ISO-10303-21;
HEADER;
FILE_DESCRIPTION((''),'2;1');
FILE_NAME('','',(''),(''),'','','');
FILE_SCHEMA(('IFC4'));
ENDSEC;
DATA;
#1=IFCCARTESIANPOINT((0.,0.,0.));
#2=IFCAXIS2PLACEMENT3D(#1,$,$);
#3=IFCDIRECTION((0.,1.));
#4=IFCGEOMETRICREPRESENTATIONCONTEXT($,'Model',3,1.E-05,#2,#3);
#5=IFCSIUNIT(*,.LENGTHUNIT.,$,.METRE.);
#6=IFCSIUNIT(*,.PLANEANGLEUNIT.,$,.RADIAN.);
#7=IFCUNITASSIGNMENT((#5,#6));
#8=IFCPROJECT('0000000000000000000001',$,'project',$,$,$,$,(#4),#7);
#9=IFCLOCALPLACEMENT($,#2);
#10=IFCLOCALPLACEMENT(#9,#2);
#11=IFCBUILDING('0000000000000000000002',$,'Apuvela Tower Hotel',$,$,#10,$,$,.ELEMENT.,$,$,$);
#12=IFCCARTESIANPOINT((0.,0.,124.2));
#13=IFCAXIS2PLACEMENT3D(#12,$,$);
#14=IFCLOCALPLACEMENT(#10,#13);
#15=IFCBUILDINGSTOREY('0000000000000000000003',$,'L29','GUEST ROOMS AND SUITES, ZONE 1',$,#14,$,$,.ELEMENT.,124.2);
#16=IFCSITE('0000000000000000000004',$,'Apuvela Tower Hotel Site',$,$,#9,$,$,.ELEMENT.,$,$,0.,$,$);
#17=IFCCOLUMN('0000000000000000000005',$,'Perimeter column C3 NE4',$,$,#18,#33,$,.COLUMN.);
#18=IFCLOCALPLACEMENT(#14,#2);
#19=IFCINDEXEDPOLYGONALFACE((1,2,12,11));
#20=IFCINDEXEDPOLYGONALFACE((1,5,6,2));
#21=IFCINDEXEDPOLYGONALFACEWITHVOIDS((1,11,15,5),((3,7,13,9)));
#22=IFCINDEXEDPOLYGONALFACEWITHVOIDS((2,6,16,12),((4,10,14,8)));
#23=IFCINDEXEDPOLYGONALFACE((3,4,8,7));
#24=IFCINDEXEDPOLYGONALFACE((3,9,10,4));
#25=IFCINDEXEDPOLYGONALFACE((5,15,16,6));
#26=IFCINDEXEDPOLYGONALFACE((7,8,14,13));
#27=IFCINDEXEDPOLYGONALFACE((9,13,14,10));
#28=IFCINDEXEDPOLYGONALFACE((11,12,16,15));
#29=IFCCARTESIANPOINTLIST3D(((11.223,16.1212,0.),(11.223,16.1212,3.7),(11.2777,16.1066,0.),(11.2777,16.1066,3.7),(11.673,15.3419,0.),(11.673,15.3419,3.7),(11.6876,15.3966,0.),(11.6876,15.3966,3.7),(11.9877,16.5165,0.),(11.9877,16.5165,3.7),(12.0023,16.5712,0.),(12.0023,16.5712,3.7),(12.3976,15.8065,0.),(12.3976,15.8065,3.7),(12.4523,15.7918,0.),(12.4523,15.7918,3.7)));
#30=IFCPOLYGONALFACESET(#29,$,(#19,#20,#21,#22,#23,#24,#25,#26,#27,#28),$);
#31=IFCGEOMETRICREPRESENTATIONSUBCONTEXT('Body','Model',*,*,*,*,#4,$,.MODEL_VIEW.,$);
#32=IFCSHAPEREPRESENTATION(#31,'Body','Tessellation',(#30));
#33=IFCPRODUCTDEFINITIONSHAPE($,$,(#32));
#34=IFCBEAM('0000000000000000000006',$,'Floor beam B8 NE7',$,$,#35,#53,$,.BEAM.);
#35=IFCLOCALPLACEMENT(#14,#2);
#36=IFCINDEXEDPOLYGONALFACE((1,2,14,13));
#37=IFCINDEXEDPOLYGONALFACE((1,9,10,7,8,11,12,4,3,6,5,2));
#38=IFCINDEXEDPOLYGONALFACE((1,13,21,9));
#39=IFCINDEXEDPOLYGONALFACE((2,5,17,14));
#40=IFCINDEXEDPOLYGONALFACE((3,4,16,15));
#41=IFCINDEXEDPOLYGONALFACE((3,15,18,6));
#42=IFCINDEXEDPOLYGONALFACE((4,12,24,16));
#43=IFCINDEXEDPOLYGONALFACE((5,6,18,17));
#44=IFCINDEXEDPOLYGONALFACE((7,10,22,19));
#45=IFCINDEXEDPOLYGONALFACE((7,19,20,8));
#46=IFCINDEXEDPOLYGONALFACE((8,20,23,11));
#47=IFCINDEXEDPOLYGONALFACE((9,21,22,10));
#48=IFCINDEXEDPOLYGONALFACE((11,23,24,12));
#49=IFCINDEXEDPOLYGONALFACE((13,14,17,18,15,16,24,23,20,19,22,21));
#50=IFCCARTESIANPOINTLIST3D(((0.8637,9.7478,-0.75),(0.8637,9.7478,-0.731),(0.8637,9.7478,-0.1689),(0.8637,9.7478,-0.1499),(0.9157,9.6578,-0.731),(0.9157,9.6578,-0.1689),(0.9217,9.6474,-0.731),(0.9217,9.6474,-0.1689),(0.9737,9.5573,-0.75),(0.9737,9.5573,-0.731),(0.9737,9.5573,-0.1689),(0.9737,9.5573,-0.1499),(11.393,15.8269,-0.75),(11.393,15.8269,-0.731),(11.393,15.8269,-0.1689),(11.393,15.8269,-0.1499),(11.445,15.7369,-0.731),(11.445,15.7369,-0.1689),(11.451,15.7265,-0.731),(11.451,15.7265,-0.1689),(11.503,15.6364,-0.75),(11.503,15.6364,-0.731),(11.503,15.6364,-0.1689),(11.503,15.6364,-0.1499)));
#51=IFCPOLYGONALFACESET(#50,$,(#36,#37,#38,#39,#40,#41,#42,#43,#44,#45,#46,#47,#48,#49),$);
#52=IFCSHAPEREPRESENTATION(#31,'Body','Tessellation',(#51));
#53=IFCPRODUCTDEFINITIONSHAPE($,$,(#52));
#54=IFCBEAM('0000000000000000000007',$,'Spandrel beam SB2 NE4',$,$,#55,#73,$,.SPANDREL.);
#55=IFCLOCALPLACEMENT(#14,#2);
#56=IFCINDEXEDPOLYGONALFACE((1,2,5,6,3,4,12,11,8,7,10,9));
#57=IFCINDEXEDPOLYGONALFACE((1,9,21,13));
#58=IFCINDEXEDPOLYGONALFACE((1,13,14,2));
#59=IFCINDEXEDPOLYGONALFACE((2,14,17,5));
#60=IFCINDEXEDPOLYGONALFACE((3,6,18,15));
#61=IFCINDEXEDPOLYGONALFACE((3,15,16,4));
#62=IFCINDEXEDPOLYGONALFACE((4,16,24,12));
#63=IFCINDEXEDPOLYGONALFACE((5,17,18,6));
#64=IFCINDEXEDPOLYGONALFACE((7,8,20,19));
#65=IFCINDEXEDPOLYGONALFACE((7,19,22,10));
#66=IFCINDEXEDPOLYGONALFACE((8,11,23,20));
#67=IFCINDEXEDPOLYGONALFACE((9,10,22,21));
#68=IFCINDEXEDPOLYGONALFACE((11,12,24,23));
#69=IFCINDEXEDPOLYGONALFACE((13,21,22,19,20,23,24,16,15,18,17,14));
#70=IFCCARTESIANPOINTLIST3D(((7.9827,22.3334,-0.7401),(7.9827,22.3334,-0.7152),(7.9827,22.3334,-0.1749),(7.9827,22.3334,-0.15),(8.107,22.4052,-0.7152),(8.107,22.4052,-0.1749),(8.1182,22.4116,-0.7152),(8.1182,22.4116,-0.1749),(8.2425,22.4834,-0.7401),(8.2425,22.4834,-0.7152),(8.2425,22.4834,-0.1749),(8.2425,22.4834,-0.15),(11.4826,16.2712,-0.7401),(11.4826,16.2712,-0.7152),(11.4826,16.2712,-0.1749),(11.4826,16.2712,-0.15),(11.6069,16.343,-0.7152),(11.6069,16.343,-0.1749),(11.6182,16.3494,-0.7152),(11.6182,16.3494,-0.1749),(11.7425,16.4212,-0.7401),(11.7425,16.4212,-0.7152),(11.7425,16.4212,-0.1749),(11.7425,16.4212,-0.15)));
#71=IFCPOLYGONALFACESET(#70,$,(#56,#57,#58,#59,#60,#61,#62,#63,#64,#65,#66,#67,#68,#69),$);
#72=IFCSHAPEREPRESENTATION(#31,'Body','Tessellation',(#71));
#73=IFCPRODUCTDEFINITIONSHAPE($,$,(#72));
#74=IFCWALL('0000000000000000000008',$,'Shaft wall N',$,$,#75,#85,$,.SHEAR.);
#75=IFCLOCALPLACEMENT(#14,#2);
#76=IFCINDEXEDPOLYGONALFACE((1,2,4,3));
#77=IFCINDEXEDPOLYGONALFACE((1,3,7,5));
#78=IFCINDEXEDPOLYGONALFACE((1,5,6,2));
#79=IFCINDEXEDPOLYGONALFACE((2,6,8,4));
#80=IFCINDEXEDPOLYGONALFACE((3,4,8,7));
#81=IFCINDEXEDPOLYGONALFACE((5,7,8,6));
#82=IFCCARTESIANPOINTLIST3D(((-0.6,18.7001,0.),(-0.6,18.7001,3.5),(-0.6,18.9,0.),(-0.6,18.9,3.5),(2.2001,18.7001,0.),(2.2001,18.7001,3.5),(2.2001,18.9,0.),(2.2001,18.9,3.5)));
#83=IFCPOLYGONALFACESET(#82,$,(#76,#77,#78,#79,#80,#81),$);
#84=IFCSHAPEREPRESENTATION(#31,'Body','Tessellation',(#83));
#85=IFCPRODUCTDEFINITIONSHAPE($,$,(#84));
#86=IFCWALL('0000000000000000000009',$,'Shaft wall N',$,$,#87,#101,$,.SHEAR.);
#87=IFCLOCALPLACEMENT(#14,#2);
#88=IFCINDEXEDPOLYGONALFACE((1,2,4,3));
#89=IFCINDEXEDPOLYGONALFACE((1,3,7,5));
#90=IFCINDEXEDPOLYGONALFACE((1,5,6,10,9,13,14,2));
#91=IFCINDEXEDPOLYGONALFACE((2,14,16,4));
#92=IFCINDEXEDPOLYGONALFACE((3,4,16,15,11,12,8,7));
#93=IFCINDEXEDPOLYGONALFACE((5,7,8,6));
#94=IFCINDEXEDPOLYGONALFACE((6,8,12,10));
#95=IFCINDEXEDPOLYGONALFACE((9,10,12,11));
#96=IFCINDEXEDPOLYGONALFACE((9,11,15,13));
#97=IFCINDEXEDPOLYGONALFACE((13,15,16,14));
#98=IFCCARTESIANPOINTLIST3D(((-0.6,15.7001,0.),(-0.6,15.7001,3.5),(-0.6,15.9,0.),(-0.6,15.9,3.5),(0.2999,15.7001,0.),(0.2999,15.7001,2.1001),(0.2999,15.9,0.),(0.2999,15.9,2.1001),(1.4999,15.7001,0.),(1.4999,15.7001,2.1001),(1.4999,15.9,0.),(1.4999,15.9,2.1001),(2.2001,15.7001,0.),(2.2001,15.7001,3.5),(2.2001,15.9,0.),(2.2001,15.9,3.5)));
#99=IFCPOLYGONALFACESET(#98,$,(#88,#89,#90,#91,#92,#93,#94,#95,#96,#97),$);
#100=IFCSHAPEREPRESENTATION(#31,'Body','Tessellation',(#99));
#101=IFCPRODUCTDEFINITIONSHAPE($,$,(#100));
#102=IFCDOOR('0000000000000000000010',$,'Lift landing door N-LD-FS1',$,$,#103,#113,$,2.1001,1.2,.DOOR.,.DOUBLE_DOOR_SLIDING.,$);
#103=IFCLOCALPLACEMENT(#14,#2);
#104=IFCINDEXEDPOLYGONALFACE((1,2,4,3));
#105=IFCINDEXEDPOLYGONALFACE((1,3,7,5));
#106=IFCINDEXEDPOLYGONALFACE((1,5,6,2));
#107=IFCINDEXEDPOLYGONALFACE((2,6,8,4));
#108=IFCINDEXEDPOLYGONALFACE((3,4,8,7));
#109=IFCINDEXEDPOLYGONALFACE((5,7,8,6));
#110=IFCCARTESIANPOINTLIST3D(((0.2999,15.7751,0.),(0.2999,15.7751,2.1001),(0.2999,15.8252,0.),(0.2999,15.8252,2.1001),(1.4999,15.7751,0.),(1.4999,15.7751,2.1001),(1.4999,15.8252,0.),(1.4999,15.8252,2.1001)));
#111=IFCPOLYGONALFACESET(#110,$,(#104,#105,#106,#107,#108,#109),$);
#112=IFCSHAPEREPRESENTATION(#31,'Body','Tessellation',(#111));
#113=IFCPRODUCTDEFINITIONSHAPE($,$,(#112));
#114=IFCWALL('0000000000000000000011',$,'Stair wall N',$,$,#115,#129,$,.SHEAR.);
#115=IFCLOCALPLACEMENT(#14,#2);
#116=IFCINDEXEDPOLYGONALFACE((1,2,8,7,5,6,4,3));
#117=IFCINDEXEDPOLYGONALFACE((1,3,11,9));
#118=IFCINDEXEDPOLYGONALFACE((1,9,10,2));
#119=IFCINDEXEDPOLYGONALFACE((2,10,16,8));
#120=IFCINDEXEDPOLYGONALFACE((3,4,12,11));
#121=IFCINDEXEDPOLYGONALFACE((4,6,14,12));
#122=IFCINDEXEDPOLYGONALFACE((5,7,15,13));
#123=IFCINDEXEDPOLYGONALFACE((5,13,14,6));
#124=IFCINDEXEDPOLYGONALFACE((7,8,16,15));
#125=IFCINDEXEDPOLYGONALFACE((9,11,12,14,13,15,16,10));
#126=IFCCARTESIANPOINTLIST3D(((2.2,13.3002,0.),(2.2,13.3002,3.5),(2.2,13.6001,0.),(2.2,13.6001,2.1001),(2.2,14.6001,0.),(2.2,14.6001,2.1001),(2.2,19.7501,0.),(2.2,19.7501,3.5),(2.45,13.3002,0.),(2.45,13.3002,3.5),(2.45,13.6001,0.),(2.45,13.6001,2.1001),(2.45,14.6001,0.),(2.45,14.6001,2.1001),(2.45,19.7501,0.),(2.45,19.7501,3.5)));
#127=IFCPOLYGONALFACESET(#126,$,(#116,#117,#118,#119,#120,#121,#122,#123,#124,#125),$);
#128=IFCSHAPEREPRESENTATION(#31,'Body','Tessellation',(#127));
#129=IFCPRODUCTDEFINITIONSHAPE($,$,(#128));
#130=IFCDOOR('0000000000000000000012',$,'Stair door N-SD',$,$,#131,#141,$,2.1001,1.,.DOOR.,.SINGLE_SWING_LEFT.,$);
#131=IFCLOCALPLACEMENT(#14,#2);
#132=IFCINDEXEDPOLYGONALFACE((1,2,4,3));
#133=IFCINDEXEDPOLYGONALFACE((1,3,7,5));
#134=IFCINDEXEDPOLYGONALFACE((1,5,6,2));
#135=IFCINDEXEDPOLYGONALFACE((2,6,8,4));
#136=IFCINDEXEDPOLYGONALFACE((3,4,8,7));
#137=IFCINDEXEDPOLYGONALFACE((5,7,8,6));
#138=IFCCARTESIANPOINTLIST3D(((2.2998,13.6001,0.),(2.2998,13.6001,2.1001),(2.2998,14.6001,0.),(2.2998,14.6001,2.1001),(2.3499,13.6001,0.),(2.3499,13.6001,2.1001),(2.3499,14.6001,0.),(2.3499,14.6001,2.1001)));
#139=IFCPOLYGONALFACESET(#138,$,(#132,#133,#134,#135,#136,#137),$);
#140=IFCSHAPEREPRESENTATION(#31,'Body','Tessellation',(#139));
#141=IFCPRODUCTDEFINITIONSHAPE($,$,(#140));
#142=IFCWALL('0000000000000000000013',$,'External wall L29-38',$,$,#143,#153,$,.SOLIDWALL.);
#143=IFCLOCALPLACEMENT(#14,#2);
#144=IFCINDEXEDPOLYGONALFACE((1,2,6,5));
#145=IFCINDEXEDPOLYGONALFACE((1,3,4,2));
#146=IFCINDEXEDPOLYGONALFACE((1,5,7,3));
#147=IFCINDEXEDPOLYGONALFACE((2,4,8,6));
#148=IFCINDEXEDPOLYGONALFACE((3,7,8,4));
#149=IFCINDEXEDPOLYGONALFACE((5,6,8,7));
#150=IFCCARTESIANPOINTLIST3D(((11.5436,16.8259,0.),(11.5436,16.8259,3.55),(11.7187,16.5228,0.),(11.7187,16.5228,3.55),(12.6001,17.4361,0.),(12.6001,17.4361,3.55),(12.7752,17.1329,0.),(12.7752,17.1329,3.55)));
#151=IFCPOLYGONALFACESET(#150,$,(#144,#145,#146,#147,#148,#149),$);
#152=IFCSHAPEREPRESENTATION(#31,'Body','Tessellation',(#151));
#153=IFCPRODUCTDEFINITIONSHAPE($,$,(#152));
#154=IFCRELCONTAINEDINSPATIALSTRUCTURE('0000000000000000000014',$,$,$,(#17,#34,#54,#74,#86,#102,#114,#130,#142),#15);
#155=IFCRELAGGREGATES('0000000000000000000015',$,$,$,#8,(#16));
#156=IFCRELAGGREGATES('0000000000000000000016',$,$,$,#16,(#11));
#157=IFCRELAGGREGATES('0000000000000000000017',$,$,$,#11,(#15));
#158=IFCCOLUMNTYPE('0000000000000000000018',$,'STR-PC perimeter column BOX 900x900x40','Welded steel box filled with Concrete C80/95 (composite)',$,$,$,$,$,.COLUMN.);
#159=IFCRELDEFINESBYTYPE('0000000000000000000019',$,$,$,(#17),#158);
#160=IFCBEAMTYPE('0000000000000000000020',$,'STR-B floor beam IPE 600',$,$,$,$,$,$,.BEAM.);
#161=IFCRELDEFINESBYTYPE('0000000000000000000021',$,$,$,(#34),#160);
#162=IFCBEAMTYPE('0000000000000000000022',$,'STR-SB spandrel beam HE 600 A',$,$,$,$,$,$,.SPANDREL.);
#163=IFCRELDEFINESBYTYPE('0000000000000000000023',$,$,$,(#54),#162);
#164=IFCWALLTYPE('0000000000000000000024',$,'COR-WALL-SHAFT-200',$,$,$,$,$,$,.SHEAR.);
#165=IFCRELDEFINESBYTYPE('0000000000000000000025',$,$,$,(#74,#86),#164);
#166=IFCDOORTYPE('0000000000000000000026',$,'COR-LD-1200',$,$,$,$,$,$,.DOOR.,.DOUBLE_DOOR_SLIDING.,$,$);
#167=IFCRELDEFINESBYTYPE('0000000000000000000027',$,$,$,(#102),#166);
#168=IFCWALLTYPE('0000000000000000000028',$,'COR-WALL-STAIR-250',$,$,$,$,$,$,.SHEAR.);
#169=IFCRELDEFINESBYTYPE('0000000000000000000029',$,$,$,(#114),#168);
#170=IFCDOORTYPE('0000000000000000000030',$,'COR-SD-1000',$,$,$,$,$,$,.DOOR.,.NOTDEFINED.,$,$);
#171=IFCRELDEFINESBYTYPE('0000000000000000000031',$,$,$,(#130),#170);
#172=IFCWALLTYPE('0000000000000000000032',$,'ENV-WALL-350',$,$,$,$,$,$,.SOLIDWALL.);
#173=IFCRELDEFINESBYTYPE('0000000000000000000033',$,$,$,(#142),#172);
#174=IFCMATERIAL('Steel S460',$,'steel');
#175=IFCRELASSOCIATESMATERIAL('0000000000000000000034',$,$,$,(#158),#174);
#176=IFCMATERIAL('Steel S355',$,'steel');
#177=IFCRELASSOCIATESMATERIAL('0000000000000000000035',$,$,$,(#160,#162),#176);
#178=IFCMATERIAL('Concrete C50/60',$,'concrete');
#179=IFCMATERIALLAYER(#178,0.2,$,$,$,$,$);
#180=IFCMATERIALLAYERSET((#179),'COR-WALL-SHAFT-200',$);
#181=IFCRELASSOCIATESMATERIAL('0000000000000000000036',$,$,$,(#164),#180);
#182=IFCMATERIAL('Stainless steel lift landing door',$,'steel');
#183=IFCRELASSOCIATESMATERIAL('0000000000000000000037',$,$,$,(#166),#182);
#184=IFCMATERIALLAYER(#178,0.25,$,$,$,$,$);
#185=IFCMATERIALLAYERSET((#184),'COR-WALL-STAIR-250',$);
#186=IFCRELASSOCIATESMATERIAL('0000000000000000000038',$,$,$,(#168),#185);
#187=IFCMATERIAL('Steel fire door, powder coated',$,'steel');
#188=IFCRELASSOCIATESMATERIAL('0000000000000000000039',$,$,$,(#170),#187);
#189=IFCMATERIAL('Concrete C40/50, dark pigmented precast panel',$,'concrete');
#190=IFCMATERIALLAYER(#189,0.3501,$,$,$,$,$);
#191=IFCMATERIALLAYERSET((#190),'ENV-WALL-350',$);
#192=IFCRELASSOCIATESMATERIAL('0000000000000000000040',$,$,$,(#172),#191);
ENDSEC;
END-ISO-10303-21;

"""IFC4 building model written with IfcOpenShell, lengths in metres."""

from ifc_helpers import new_model, si_unit, direction, frame, frame_2d, origin, origin_2d, place, context, subcontext, project, spatial, rectangle, hollow_rectangle, i_section, extrude, material, layer, layer_set, material_profile, profile_set, type_object, element, fill, save


model = new_model("IFC4")

# Units and contexts
model_context = context("Model", 3, precision=1e-05, world=origin(), true_north=direction((0.0, 1.0)))
body_context = subcontext(model_context, "Body", "Model", "MODEL_VIEW")
ifc_project = project(units=[si_unit("LENGTHUNIT", "METRE"), si_unit("PLANEANGLEUNIT", "RADIAN")], contexts=[model_context])

# Site, building, storey
site_placement = place(None, origin())
site = spatial("IfcSite", under=ifc_project, at=site_placement, Name="Apuvela Tower Hotel Site", CompositionType="ELEMENT", RefElevation=0.0)
building_placement = place(site_placement, origin())
building = spatial("IfcBuilding", under=site, at=building_placement, Name="Apuvela Tower Hotel", CompositionType="ELEMENT")
storey_placement = place(building_placement, frame((0.0, 0.0, 124.2)))
storey = spatial("IfcBuildingStorey", under=building, at=storey_placement, Name="L29", Description="GUEST ROOMS AND SUITES, ZONE 1", CompositionType="ELEMENT", Elevation=124.2)

# Column
ifc_material_1 = material(Name="Steel S460", Category="steel")
ifc_material_profile_1 = material_profile(ifc_material_1, hollow_rectangle(XDim=0.8999, YDim=0.8999, WallThickness=0.04, at=origin_2d()), Name="BOX 900x900x40")
ifc_material_2 = material(Name="Concrete C80/95", Category="concrete")
ifc_material_profile_2 = material_profile(ifc_material_2, rectangle(XDim=0.8201, YDim=0.8201, at=origin_2d()), Name="Concrete C80/95 infill")
ifc_profile_set_1 = profile_set([ifc_material_profile_1, ifc_material_profile_2], Name="Steel S460")
column_type = type_object("IfcColumnType", Name="STR-PC perimeter column BOX 900x900x40", Description="Welded steel box filled with Concrete C80/95 (composite)", PredefinedType="COLUMN", material=ifc_profile_set_1)
column_placement = place(storey_placement, frame((11.8376, 15.9565, 0.0), z_axis=(0.0, 0.0, 1.0), x_axis=(-0.5, 0.866025, 0.0)))
element("IfcColumn", 1, at=column_placement, inside=storey, type_object=column_type, Name="Perimeter column C3 NE4", PredefinedType="COLUMN", context=body_context, shape_type="SweptSolid", body=[
    extrude(hollow_rectangle(XDim=0.8999, YDim=0.8999, WallThickness=0.04, at=origin_2d()), origin(), (0.0, 0.0, 1.0), 3.7),
])

# Beams
ifc_material_3 = material(Name="Steel S355", Category="steel")
ifc_material_profile_3 = material_profile(ifc_material_3, i_section(OverallWidth=0.22, OverallDepth=0.6001, WebThickness=0.012, FlangeThickness=0.019, at=origin_2d()), Name="IPE 600")
ifc_profile_set_2 = profile_set([ifc_material_profile_3], Name="Steel S355")
beam_type_1 = type_object("IfcBeamType", Name="STR-B floor beam IPE 600", PredefinedType="BEAM", material=ifc_profile_set_2)
beam_1_placement = place(storey_placement, frame((11.448, 15.7317, -0.45), z_axis=(-0.866025, -0.500001, 0.0), x_axis=(0.500001, -0.866025, 0.0)))
element("IfcBeam", 2, at=beam_1_placement, inside=storey, type_object=beam_type_1, Name="Floor beam B8 NE7", PredefinedType="BEAM", context=body_context, shape_type="SweptSolid", body=[
    extrude(i_section(OverallWidth=0.22, OverallDepth=0.6001, WebThickness=0.012, FlangeThickness=0.019, at=origin_2d()), origin(), (0.0, 0.0, 1.0), 12.1582),
])
ifc_material_profile_4 = material_profile(ifc_material_3, i_section(OverallWidth=0.3, OverallDepth=0.5901, WebThickness=0.0129, FlangeThickness=0.0249, at=origin_2d()), Name="HE 600 A")
ifc_profile_set_3 = profile_set([ifc_material_profile_4], Name="Steel S355")
beam_type_2 = type_object("IfcBeamType", Name="STR-SB spandrel beam HE 600 A", PredefinedType="SPANDREL", material=ifc_profile_set_3)
beam_2_placement = place(storey_placement, frame((11.6125, 16.3462, -0.4451), z_axis=(-0.499995, 0.866028, 0.0), x_axis=(-0.866028, -0.499995, 0.0)))
element("IfcBeam", 3, at=beam_2_placement, inside=storey, type_object=beam_type_2, Name="Spandrel beam SB2 NE4", PredefinedType="SPANDREL", context=body_context, shape_type="SweptSolid", body=[
    extrude(i_section(OverallWidth=0.3, OverallDepth=0.5901, WebThickness=0.0129, FlangeThickness=0.0249, at=origin_2d()), origin(), (0.0, 0.0, 1.0), 7.0),
])

# Wall
ifc_material_4 = material(Name="Concrete C50/60", Category="concrete")
ifc_layer_1 = layer(ifc_material_4, 0.2)
ifc_layer_set_1 = layer_set([ifc_layer_1], Name="COR-WALL-SHAFT-200")
wall_type_1 = type_object("IfcWallType", Name="COR-WALL-SHAFT-200", PredefinedType="SHEAR", material=ifc_layer_set_1)
wall_1_placement = place(storey_placement, frame((2.2, 18.8, 0.0), z_axis=(0.0, 0.0, 1.0), x_axis=(-1.0, 0.0, 0.0)))
element("IfcWall", 4, at=wall_1_placement, inside=storey, type_object=wall_type_1, Name="Shaft wall N", PredefinedType="SHEAR", context=body_context, shape_type="SweptSolid", body=[
    extrude(rectangle(XDim=2.8, YDim=0.2, at=frame_2d((1.3999, 0.0))), origin(), (0.0, 0.0, 1.0), 3.5),
])

# Walls, openings, doors
wall_2_placement = place(storey_placement, frame((2.2, 15.8, 0.0), z_axis=(0.0, 0.0, 1.0), x_axis=(-1.0, 0.0, 0.0)))
wall_2 = element("IfcWall", 5, at=wall_2_placement, inside=storey, type_object=wall_type_1, Name="Shaft wall N", PredefinedType="SHEAR", context=body_context, shape_type="SweptSolid", body=[
    extrude(rectangle(XDim=2.8, YDim=0.2, at=frame_2d((1.3999, 0.0))), origin(), (0.0, 0.0, 1.0), 3.5),
])
opening_1_placement = place(wall_2_placement, frame((0.7, 0.0, 0.0)))
opening_1 = element("IfcOpeningElement", 6, at=opening_1_placement, cuts=wall_2, PredefinedType="OPENING", context=body_context, shape_type="SweptSolid", body=[
    extrude(rectangle(XDim=1.2, YDim=2.1001, at=frame_2d((0.6001, 1.05))), frame((0.0, 0.1099, 0.0), z_axis=(0.0, -1.0, 0.0), x_axis=(1.0, 0.0, 0.0)), (0.0, 0.0, 1.0), 0.22),
])
ifc_material_5 = material(Name="Stainless steel lift landing door", Category="steel")
door_type_1 = type_object("IfcDoorType", Name="COR-LD-1200", OperationType="DOUBLE_DOOR_SLIDING", PredefinedType="DOOR", material=ifc_material_5)
door_1_placement = place(opening_1_placement, origin())
door_1 = element("IfcDoor", 7, at=door_1_placement, inside=storey, type_object=door_type_1, Name="Lift landing door N-LD-FS1", OperationType="DOUBLE_DOOR_SLIDING", OverallHeight=2.1001, OverallWidth=1.2, PredefinedType="DOOR", context=body_context, shape_type="SweptSolid", body=[
    extrude(rectangle(XDim=1.2, YDim=2.1001, at=frame_2d((0.6001, 1.05))), frame((0.0, 0.0249, 0.0), z_axis=(0.0, -1.0, 0.0), x_axis=(1.0, 0.0, 0.0)), (0.0, 0.0, 1.0), 0.05),
])
fill(opening_1, door_1)
ifc_layer_2 = layer(ifc_material_4, 0.25)
ifc_layer_set_2 = layer_set([ifc_layer_2], Name="COR-WALL-STAIR-250")
wall_type_2 = type_object("IfcWallType", Name="COR-WALL-STAIR-250", PredefinedType="SHEAR", material=ifc_layer_set_2)
wall_3_placement = place(storey_placement, frame((2.325, 13.3, 0.0), z_axis=(0.0, 0.0, 1.0), x_axis=(0.0, 1.0, 0.0)))
wall_3 = element("IfcWall", 8, at=wall_3_placement, inside=storey, type_object=wall_type_2, Name="Stair wall N", PredefinedType="SHEAR", context=body_context, shape_type="SweptSolid", body=[
    extrude(rectangle(XDim=6.45, YDim=0.25, at=frame_2d((3.2251, 0.0))), origin(), (0.0, 0.0, 1.0), 3.5),
])
opening_2_placement = place(wall_3_placement, frame((0.3, 0.0, 0.0)))
opening_2 = element("IfcOpeningElement", 9, at=opening_2_placement, cuts=wall_3, PredefinedType="OPENING", context=body_context, shape_type="SweptSolid", body=[
    extrude(rectangle(XDim=1.0, YDim=2.1001, at=frame_2d((0.5, 1.05))), frame((0.0, 0.135, 0.0), z_axis=(0.0, -1.0, 0.0), x_axis=(1.0, 0.0, 0.0)), (0.0, 0.0, 1.0), 0.27),
])
ifc_material_6 = material(Name="Steel fire door, powder coated", Category="steel")
door_type_2 = type_object("IfcDoorType", Name="COR-SD-1000", OperationType="NOTDEFINED", PredefinedType="DOOR", material=ifc_material_6)
door_2_placement = place(opening_2_placement, frame((1.0, 0.0, 0.0), z_axis=(0.0, 0.0, 1.0), x_axis=(-1.0, 0.0, 0.0)))
door_2 = element("IfcDoor", 10, at=door_2_placement, inside=storey, type_object=door_type_2, Name="Stair door N-SD", OperationType="SINGLE_SWING_LEFT", OverallHeight=2.1001, OverallWidth=1.0, PredefinedType="DOOR", context=body_context, shape_type="SweptSolid", body=[
    extrude(rectangle(XDim=1.0, YDim=2.1001, at=frame_2d((0.5, 1.05))), frame((0.0, 0.0249, 0.0), z_axis=(0.0, -1.0, 0.0), x_axis=(1.0, 0.0, 0.0)), (0.0, 0.0, 1.0), 0.05),
])
fill(opening_2, door_2)

# Wall
ifc_material_7 = material(Name="Concrete C40/50, dark pigmented precast panel", Category="concrete")
ifc_layer_3 = layer(ifc_material_7, 0.3501)
ifc_layer_set_3 = layer_set([ifc_layer_3], Name="ENV-WALL-350")
wall_type_3 = type_object("IfcWallType", Name="ENV-WALL-350", PredefinedType="SOLIDWALL", material=ifc_layer_set_3)
wall_4_placement = place(storey_placement, frame((12.6875, 17.2844, 0.0), z_axis=(0.0, 0.0, 1.0), x_axis=(-0.865956, -0.500121, 0.0)))
element("IfcWall", 11, at=wall_4_placement, inside=storey, type_object=wall_type_3, Name="External wall L29-38", PredefinedType="SOLIDWALL", context=body_context, shape_type="SweptSolid", body=[
    extrude(rectangle(XDim=1.22, YDim=0.3501, at=frame_2d((0.6099, 0.0))), origin(), (0.0, 0.0, 1.0), 3.55),
])

save(model, "model.ifc")
